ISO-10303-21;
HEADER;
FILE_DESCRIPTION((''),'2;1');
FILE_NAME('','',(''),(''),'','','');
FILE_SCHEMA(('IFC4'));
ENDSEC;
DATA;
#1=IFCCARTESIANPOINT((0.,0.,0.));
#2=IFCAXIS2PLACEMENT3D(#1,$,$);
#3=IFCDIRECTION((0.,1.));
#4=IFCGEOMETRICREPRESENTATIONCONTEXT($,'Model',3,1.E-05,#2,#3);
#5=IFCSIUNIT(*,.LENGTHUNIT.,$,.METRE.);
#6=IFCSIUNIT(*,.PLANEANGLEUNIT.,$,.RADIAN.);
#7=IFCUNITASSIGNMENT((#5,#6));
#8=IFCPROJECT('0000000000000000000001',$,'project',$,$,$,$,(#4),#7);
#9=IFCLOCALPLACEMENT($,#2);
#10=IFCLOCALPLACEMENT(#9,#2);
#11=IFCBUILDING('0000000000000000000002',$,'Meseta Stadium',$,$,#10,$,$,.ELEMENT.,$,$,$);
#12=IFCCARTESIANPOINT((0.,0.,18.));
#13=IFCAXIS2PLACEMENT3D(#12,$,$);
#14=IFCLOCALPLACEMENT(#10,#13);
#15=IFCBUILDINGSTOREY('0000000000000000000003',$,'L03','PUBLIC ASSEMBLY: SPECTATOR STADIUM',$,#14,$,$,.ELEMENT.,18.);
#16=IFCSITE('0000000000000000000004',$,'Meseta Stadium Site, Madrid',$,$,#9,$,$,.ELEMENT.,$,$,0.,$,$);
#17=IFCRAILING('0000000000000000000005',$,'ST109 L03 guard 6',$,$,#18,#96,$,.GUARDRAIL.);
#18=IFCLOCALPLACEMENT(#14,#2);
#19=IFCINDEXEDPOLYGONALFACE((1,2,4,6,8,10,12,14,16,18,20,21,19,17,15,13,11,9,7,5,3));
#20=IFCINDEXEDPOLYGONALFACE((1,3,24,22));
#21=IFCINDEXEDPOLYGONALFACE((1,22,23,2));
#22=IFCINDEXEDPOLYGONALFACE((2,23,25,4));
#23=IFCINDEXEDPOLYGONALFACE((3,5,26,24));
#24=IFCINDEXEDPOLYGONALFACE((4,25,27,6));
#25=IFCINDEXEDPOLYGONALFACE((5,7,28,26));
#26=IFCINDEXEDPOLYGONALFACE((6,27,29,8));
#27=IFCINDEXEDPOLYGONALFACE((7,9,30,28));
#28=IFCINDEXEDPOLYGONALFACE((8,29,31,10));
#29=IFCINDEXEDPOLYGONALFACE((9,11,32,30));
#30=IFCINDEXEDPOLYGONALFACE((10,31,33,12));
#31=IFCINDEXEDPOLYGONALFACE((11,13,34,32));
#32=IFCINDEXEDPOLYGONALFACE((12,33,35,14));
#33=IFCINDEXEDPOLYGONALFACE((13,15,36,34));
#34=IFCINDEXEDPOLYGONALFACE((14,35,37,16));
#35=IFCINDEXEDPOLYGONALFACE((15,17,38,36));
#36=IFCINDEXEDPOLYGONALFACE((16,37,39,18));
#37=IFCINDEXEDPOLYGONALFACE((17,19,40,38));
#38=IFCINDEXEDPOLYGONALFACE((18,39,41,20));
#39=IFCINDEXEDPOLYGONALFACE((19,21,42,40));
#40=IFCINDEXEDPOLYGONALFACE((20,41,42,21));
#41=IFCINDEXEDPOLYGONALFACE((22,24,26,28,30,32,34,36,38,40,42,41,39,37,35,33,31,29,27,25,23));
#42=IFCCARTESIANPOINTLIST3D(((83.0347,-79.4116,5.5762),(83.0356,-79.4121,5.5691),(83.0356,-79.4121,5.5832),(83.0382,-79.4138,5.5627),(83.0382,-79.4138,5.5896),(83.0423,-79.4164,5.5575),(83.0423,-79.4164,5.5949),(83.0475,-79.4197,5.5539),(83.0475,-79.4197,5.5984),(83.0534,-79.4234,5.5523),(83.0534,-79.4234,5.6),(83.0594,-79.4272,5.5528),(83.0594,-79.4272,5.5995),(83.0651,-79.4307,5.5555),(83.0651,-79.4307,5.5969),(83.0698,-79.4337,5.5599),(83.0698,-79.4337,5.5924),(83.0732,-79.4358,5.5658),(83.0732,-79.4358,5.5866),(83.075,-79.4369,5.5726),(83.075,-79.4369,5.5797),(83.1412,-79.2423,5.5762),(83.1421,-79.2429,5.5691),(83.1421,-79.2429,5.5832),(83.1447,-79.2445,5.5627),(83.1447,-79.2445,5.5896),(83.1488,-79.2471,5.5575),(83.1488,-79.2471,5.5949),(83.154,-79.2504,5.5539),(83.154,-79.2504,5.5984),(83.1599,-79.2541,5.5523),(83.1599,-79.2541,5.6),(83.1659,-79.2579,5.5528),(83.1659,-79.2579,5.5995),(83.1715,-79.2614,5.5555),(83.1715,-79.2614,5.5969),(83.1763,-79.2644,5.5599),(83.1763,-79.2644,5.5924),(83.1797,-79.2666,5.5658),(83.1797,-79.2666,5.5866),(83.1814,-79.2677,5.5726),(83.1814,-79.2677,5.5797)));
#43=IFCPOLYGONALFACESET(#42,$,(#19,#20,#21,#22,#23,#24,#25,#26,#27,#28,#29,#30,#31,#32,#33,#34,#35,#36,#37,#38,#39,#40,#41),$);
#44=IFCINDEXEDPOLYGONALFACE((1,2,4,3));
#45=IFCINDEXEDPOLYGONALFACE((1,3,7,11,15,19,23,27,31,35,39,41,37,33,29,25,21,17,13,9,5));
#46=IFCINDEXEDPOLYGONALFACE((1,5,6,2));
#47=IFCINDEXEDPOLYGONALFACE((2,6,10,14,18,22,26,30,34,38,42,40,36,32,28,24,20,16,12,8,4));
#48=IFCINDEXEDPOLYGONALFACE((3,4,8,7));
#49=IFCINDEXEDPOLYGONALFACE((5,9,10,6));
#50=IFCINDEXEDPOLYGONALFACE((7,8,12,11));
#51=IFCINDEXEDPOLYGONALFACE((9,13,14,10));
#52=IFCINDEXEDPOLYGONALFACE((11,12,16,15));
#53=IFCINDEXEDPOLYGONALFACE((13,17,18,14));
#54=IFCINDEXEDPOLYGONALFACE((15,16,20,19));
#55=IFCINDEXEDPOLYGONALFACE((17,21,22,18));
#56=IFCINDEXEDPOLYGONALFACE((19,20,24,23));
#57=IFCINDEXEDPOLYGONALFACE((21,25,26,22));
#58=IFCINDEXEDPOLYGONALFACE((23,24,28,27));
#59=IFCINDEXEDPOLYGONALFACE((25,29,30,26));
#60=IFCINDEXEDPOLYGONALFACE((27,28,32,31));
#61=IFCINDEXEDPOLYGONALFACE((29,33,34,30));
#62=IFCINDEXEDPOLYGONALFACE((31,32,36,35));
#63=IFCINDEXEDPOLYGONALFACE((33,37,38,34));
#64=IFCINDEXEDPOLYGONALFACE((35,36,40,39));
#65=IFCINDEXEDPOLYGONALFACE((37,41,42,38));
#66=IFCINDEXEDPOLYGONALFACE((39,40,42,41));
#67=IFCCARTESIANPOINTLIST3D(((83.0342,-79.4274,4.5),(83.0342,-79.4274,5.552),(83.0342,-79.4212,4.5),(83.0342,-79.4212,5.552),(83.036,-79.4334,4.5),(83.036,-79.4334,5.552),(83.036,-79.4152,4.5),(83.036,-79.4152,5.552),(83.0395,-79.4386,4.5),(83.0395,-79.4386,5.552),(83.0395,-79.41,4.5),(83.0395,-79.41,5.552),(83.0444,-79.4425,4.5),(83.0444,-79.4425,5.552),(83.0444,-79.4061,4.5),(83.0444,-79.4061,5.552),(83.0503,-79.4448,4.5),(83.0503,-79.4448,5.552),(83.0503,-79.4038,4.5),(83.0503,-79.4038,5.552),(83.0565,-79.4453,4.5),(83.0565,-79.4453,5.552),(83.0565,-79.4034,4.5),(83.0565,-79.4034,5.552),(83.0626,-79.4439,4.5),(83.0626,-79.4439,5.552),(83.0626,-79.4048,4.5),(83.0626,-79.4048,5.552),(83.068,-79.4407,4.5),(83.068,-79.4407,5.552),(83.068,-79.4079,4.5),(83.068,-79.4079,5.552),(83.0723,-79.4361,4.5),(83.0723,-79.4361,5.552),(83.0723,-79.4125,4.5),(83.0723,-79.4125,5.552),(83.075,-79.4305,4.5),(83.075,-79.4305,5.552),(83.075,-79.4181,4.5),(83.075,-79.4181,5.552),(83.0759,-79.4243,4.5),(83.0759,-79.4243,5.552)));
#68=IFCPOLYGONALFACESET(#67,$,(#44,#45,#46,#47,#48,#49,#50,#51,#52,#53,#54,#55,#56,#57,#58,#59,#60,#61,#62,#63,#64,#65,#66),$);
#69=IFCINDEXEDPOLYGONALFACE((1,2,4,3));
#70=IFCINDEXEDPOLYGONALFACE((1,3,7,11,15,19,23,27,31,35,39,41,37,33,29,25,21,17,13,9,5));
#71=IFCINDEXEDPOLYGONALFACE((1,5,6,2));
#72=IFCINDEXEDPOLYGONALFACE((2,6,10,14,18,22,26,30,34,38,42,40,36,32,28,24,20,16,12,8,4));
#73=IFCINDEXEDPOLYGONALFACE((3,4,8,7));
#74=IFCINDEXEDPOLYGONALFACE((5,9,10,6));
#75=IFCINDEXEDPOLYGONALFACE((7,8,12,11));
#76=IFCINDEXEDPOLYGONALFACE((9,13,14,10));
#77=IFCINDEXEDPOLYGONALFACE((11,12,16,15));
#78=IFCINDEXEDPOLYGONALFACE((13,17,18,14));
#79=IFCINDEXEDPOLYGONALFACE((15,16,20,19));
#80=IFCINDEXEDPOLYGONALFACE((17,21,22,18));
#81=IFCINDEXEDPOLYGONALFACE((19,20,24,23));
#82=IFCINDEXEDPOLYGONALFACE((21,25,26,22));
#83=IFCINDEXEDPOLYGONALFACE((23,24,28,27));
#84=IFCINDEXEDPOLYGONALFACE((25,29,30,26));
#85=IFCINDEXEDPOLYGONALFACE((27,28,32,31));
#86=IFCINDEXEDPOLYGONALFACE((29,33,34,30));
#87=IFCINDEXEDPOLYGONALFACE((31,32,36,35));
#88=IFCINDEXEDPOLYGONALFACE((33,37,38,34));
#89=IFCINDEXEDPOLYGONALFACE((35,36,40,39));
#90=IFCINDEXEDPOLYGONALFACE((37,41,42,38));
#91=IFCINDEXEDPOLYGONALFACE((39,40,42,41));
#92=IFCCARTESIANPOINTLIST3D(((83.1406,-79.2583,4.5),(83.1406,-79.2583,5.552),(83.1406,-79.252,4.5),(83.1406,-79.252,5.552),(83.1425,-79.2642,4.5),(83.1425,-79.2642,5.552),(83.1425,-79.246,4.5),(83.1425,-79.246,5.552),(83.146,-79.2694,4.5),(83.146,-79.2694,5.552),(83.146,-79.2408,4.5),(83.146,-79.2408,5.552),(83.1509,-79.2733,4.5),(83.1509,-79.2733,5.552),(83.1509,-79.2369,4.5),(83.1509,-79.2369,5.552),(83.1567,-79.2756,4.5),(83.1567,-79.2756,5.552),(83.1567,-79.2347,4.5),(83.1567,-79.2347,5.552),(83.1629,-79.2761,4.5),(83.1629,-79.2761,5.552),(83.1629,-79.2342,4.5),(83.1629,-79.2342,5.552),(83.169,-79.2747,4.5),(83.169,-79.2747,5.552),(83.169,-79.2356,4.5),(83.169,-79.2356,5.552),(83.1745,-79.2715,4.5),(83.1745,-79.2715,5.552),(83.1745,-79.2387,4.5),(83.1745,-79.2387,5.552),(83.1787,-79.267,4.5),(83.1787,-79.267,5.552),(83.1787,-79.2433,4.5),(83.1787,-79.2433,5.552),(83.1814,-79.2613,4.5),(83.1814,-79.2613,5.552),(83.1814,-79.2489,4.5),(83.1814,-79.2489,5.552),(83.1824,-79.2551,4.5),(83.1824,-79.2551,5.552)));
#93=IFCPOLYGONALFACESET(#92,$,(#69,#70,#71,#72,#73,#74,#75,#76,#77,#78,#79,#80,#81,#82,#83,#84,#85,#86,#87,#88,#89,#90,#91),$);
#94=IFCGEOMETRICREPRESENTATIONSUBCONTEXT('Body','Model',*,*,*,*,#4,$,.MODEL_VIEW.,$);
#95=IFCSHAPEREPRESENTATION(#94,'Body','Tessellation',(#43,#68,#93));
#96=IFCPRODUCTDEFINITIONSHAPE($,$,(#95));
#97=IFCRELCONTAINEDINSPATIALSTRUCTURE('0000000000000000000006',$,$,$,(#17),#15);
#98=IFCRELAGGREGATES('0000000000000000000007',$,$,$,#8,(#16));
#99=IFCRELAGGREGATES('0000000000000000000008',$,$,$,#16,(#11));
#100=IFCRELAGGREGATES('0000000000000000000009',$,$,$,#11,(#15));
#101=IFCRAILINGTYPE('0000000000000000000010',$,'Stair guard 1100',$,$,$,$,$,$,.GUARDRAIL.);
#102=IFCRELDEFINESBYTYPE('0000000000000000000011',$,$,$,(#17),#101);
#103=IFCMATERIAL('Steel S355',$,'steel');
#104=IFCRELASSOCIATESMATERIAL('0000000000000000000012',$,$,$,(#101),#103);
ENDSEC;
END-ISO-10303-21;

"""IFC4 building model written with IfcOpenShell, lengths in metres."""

from ifc_helpers import new_model, si_unit, direction, frame, origin, origin_2d, place, context, subcontext, project, spatial, circle, extrude, material, type_object, element, save


model = new_model("IFC4")

# Units and contexts
model_context = context("Model", 3, precision=1e-05, world=origin(), true_north=direction((0.0, 1.0)))
body_context = subcontext(model_context, "Body", "Model", "MODEL_VIEW")
ifc_project = project(units=[si_unit("LENGTHUNIT", "METRE"), si_unit("PLANEANGLEUNIT", "RADIAN")], contexts=[model_context])

# Site, building, storey
site_placement = place(None, origin())
site = spatial("IfcSite", under=ifc_project, at=site_placement, Name="Meseta Stadium Site, Madrid", CompositionType="ELEMENT", RefElevation=0.0)
building_placement = place(site_placement, origin())
building = spatial("IfcBuilding", under=site, at=building_placement, Name="Meseta Stadium", CompositionType="ELEMENT")
storey_placement = place(building_placement, frame((0.0, 0.0, 18.0)))
storey = spatial("IfcBuildingStorey", under=building, at=storey_placement, Name="L03", Description="PUBLIC ASSEMBLY: SPECTATOR STADIUM", CompositionType="ELEMENT", Elevation=18.0)

# Railing
ifc_material_1 = material(Name="Steel S355", Category="steel")
railing_type_1 = type_object("IfcRailingType", Name="Stair guard 1100", PredefinedType="GUARDRAIL", material=ifc_material_1)
railing_1_placement = place(storey_placement, frame((83.0549, -79.4243, 4.5)))
element("IfcRailing", 1, at=railing_1_placement, inside=storey, type_object=railing_type_1, Name="ST109 L03 guard 6", PredefinedType="GUARDRAIL", context=body_context, shape_type="SweptSolid", body=[
    extrude(circle(Radius=0.0239, at=origin_2d()), frame((0.0, 0.0, 1.0762), z_axis=(0.532522, 0.846416, 0.0), x_axis=(-0.846416, 0.532522, 0.0)), (0.0, 0.0, 1.0), 0.2),
    extrude(circle(Radius=0.021, at=origin_2d()), origin(), (0.0, 0.0, 1.0), 1.052),
    extrude(circle(Radius=0.021, at=origin_2d()), frame((0.1064, 0.1692, 0.0)), (0.0, 0.0, 1.0), 1.052),
])

save(model, "model.ifc")
